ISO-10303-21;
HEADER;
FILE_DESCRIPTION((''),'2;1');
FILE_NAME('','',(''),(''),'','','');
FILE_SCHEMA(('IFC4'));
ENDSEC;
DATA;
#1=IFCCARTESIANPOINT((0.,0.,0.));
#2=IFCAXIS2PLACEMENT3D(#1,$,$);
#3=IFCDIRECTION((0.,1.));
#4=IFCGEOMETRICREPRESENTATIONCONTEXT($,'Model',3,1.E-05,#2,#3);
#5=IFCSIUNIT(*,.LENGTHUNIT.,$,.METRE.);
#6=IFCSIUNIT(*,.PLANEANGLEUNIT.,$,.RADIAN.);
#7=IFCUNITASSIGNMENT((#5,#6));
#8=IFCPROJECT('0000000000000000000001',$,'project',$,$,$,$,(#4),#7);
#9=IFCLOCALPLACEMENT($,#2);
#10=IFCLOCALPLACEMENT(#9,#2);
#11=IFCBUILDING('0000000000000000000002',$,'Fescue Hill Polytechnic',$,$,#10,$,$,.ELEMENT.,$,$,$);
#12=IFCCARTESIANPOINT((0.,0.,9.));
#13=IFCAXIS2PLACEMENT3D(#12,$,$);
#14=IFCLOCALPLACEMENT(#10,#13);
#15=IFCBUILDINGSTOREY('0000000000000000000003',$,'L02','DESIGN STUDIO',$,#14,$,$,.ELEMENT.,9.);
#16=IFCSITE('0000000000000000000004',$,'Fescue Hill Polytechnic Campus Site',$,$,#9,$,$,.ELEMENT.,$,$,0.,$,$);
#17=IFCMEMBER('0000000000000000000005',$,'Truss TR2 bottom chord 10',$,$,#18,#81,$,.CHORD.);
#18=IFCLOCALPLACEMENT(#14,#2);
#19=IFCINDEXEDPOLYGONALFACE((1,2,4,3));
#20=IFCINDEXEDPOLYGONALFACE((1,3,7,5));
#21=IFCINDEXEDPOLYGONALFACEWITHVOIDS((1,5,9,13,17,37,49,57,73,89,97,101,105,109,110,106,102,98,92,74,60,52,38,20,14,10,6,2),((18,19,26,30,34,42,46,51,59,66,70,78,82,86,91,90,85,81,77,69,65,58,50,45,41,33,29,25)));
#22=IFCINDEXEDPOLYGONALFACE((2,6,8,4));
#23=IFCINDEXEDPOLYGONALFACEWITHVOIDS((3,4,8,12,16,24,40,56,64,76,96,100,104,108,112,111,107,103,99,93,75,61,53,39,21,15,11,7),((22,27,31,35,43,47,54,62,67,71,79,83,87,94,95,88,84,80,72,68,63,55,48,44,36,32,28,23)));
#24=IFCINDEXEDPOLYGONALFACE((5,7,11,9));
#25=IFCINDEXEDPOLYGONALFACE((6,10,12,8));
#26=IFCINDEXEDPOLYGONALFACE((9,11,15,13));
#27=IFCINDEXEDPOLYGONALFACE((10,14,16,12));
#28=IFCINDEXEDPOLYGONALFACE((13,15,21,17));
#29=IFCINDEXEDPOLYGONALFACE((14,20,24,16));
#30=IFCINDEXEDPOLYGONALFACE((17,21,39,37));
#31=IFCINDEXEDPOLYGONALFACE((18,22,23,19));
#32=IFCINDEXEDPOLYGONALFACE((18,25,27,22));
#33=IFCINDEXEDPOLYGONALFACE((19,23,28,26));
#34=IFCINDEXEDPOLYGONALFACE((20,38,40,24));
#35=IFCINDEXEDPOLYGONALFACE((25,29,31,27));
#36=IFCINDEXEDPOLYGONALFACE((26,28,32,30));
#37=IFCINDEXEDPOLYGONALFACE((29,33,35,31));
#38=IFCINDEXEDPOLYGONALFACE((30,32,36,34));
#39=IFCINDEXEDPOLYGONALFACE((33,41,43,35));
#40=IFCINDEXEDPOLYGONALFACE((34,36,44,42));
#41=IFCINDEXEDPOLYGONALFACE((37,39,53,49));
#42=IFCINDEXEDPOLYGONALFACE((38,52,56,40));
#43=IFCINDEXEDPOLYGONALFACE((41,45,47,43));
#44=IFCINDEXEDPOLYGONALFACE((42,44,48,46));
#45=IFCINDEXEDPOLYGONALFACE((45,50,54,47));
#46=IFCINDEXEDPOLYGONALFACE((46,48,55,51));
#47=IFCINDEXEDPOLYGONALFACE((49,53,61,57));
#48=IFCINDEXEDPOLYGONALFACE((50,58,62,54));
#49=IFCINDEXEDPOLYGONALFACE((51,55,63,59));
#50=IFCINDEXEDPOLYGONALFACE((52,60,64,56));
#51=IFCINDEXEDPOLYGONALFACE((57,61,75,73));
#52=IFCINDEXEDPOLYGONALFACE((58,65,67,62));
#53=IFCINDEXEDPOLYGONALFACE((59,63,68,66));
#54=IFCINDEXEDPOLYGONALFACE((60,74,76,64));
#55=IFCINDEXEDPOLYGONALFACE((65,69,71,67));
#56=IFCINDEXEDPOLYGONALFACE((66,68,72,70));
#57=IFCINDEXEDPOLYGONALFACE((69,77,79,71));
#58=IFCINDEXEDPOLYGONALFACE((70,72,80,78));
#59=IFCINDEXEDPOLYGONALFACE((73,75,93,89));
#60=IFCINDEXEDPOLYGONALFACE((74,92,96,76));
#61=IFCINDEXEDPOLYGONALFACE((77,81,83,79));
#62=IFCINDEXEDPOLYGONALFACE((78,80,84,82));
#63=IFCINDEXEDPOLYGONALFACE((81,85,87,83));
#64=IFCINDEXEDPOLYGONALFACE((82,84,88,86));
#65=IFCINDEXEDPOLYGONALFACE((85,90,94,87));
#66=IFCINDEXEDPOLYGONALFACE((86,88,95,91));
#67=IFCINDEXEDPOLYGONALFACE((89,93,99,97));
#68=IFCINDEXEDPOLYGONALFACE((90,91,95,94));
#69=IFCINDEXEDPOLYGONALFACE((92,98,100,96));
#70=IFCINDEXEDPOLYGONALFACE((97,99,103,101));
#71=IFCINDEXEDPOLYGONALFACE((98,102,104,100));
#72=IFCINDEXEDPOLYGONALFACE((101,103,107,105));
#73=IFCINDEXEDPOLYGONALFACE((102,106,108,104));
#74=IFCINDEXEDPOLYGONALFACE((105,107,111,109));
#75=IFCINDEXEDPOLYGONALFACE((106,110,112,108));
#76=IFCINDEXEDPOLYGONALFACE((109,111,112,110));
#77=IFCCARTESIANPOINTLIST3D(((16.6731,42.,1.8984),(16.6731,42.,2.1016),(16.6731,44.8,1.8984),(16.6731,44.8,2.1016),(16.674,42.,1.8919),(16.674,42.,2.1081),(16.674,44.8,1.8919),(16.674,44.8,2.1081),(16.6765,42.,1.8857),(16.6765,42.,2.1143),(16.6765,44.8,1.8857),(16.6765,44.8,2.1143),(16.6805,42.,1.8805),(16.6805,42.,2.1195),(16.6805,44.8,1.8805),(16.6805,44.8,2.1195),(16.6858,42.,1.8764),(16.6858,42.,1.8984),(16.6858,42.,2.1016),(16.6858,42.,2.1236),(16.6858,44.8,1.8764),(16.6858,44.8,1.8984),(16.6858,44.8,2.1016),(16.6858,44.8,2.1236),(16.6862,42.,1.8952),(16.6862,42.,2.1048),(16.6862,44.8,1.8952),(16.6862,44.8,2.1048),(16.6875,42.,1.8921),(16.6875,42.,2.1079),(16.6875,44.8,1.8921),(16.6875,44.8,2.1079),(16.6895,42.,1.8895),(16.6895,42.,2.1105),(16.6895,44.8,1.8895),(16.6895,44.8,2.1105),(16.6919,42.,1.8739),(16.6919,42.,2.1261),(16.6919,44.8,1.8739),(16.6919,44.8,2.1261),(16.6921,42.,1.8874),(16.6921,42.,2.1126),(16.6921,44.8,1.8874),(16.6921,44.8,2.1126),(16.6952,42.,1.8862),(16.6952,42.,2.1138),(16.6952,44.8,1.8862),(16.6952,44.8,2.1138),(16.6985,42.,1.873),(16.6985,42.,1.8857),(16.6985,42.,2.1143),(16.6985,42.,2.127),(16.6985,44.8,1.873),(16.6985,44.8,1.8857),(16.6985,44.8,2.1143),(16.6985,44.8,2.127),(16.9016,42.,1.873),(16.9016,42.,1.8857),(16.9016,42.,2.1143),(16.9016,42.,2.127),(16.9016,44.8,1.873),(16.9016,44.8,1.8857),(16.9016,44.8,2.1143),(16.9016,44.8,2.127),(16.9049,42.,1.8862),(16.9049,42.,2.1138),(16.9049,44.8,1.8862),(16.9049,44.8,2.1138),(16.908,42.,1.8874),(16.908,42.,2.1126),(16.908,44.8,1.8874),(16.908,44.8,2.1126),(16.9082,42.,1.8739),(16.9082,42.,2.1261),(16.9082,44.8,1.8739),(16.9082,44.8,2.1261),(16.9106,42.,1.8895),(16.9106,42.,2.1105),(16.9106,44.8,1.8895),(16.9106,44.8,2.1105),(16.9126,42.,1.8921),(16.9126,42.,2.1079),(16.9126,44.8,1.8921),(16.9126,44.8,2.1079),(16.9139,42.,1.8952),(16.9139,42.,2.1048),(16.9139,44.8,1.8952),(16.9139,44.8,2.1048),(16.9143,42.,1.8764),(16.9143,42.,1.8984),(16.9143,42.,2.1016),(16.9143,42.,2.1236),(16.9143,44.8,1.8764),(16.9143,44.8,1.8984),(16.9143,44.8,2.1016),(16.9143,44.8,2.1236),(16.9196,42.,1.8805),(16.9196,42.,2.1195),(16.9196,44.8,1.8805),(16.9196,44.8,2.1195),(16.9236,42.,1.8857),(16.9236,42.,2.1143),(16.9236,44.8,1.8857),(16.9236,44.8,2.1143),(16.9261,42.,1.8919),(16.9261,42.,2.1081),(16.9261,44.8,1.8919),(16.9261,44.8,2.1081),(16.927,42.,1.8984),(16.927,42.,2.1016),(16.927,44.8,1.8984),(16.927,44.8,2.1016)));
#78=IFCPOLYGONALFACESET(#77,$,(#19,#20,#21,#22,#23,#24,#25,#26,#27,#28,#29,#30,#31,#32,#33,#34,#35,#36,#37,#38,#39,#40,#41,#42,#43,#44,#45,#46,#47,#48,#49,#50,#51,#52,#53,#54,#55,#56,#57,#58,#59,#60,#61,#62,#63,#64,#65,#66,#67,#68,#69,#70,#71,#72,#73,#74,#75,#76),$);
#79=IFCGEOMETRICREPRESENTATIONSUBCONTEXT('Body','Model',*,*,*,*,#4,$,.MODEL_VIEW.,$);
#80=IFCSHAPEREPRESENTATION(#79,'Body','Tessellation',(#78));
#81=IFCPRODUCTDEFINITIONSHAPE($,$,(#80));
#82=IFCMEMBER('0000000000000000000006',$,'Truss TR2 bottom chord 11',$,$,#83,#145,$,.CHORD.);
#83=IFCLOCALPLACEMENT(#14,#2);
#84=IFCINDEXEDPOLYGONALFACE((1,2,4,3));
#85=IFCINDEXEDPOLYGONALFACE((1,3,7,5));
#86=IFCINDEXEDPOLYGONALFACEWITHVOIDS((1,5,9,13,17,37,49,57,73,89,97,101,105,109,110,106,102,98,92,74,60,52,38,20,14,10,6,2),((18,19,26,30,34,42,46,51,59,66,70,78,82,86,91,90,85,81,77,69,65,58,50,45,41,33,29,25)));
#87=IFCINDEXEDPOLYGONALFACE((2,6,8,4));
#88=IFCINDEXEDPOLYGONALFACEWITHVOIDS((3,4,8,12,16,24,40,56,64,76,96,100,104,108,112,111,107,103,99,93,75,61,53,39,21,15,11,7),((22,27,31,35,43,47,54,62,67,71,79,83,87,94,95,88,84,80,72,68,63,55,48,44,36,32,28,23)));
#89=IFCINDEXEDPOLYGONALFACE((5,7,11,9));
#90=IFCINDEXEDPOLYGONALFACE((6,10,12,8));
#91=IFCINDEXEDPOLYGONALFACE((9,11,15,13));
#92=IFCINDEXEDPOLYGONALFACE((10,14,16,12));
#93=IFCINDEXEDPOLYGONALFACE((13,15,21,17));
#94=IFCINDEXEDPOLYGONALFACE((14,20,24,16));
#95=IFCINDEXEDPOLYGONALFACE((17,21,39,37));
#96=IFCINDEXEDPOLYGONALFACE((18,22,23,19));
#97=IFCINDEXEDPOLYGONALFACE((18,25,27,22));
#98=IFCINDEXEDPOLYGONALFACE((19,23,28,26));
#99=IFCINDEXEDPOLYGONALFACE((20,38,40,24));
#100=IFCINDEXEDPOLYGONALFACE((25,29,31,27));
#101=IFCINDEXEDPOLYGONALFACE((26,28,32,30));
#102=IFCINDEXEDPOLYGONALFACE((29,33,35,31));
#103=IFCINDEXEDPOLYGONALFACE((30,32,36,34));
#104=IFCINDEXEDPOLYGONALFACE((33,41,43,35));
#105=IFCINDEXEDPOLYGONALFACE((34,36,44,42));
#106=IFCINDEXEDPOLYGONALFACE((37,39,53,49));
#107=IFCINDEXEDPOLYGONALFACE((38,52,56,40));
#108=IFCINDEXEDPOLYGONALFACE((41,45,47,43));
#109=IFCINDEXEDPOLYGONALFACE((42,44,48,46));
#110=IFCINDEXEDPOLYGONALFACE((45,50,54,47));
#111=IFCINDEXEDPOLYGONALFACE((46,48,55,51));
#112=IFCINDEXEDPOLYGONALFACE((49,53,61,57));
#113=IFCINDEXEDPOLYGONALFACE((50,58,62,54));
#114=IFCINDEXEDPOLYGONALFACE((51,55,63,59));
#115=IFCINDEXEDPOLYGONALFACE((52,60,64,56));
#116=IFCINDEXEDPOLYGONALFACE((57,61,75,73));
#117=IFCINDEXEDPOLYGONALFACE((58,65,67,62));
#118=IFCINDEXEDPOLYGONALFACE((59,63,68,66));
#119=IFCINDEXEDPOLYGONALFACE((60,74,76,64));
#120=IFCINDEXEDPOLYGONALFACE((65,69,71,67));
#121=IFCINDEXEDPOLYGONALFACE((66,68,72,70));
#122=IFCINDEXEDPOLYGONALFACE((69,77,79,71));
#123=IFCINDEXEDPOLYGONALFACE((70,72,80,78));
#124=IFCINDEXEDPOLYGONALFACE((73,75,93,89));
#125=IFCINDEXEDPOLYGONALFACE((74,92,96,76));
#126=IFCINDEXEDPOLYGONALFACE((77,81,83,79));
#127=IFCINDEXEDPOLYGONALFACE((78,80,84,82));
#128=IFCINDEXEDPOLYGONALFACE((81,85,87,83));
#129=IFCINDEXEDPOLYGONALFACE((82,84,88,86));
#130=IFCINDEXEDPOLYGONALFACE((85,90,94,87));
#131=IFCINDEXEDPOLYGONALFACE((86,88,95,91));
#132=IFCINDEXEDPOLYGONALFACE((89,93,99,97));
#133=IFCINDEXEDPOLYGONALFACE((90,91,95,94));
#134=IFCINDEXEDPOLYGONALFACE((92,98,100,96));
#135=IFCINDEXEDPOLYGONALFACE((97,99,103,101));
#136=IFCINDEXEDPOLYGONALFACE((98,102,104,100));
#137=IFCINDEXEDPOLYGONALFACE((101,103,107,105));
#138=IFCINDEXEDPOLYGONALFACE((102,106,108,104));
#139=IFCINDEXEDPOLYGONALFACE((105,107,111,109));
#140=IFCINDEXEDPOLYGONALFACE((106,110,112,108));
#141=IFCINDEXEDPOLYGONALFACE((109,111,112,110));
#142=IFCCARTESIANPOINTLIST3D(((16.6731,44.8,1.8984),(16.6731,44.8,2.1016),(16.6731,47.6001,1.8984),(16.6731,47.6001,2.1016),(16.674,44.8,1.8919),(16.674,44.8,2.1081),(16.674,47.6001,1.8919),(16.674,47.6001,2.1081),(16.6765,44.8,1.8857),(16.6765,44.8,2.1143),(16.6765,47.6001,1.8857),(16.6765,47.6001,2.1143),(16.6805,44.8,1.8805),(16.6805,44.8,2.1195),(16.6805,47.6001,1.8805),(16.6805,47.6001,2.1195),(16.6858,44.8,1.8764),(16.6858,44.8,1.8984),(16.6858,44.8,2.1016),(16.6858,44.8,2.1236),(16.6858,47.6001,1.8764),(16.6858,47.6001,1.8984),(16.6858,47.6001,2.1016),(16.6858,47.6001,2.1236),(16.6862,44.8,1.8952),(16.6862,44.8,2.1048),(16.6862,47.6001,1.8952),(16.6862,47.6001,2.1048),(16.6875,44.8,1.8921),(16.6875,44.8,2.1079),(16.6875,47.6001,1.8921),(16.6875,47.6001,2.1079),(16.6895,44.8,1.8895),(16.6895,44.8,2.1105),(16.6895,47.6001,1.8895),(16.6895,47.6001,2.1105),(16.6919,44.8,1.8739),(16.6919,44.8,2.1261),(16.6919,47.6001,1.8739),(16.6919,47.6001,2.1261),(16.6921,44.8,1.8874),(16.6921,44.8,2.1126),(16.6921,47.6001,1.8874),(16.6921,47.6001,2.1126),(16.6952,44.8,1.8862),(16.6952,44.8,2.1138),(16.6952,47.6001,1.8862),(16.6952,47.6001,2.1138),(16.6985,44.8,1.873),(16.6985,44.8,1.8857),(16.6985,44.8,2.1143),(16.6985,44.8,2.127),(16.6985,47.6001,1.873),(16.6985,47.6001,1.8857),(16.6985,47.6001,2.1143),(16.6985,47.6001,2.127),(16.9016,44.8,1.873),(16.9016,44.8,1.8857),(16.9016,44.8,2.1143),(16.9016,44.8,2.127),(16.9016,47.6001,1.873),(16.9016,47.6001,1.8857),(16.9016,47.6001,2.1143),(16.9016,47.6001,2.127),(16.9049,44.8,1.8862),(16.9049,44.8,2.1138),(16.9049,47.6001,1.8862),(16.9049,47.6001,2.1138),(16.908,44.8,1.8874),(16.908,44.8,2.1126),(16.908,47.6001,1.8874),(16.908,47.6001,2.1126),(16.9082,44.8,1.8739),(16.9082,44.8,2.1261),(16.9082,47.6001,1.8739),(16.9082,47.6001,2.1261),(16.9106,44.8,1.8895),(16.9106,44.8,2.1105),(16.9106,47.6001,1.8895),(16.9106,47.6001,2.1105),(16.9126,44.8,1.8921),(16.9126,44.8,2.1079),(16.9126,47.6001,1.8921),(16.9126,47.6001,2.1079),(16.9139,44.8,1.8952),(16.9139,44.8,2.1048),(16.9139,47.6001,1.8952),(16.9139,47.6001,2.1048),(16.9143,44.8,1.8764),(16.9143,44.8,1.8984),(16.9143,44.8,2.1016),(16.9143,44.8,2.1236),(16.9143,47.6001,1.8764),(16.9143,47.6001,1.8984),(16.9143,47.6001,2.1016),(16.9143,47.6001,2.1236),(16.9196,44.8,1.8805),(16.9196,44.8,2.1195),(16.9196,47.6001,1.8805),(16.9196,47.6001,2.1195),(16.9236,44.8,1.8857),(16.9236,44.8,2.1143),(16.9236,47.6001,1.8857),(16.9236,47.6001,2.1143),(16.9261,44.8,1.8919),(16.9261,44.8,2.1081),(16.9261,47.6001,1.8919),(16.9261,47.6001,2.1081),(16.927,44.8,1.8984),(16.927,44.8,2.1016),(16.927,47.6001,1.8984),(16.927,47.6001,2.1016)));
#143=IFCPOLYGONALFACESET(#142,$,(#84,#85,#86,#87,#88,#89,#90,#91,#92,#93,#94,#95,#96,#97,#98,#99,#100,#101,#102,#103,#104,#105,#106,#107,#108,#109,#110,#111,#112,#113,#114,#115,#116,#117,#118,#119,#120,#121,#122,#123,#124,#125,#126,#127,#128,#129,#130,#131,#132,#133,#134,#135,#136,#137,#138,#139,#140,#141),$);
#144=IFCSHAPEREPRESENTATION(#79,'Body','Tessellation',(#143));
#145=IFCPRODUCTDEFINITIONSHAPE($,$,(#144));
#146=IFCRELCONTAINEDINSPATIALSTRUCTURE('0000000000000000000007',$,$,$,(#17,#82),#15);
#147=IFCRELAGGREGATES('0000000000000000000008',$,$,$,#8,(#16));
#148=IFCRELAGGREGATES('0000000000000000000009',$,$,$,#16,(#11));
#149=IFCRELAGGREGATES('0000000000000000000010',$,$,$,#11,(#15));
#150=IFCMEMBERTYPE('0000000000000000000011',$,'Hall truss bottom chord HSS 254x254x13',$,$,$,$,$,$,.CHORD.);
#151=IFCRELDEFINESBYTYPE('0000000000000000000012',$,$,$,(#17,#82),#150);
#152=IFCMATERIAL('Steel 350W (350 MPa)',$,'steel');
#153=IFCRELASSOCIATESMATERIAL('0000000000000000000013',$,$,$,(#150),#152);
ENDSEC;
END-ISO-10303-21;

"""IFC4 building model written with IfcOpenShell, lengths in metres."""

from ifc_helpers import new_model, si_unit, direction, frame, origin, origin_2d, place, context, subcontext, project, spatial, hollow_rectangle, extrude, material, material_profile, profile_set, type_object, element, save


model = new_model("IFC4")

# Units and contexts
model_context = context("Model", 3, precision=1e-05, world=origin(), true_north=direction((0.0, 1.0)))
body_context = subcontext(model_context, "Body", "Model", "MODEL_VIEW")
ifc_project = project(units=[si_unit("LENGTHUNIT", "METRE"), si_unit("PLANEANGLEUNIT", "RADIAN")], contexts=[model_context])

# Site, building, storey
site_placement = place(None, origin())
site = spatial("IfcSite", under=ifc_project, at=site_placement, Name="Fescue Hill Polytechnic Campus Site", CompositionType="ELEMENT", RefElevation=0.0)
building_placement = place(site_placement, origin())
building = spatial("IfcBuilding", under=site, at=building_placement, Name="Fescue Hill Polytechnic", CompositionType="ELEMENT")
storey_placement = place(building_placement, frame((0.0, 0.0, 9.0)))
storey = spatial("IfcBuildingStorey", under=building, at=storey_placement, Name="L02", Description="DESIGN STUDIO", CompositionType="ELEMENT", Elevation=9.0)

# Members
ifc_material_1 = material(Name="Steel 350W (350 MPa)", Category="steel")
ifc_material_profile_1 = material_profile(ifc_material_1, hollow_rectangle(XDim=0.2539, YDim=0.2539, WallThickness=0.0127, InnerFilletRadius=0.0127, OuterFilletRadius=0.0254, at=origin_2d()), Name="Hall truss bottom chord HSS 254x254x13")
ifc_profile_set_1 = profile_set([ifc_material_profile_1], Name="Steel 350W (350 MPa)")
member_type_1 = type_object("IfcMemberType", Name="Hall truss bottom chord HSS 254x254x13", PredefinedType="CHORD", material=ifc_profile_set_1)
for number, where, z_axis, x_axis, name in (
    (1, (16.8, 42.0, 2.0), (0.0, 1.0, 0.0), (-1.0, 0.0, 0.0), "Truss TR2 bottom chord 10"),
    (2, (16.8, 44.8, 2.0), (0.0, 1.0, 0.0), (-1.0, 0.0, 0.0), "Truss TR2 bottom chord 11"),
):
    element("IfcMember", number, at=place(storey_placement, frame(where, z_axis=z_axis, x_axis=x_axis)), inside=storey, type_object=member_type_1, Name=name, PredefinedType="CHORD", context=body_context, shape_type="SweptSolid", body=[
        extrude(hollow_rectangle(XDim=0.2539, YDim=0.2539, WallThickness=0.0127, InnerFilletRadius=0.0127, OuterFilletRadius=0.0254, at=origin_2d()), origin(), (0.0, 0.0, 1.0), 2.8),
    ])

save(model, "model.ifc")
